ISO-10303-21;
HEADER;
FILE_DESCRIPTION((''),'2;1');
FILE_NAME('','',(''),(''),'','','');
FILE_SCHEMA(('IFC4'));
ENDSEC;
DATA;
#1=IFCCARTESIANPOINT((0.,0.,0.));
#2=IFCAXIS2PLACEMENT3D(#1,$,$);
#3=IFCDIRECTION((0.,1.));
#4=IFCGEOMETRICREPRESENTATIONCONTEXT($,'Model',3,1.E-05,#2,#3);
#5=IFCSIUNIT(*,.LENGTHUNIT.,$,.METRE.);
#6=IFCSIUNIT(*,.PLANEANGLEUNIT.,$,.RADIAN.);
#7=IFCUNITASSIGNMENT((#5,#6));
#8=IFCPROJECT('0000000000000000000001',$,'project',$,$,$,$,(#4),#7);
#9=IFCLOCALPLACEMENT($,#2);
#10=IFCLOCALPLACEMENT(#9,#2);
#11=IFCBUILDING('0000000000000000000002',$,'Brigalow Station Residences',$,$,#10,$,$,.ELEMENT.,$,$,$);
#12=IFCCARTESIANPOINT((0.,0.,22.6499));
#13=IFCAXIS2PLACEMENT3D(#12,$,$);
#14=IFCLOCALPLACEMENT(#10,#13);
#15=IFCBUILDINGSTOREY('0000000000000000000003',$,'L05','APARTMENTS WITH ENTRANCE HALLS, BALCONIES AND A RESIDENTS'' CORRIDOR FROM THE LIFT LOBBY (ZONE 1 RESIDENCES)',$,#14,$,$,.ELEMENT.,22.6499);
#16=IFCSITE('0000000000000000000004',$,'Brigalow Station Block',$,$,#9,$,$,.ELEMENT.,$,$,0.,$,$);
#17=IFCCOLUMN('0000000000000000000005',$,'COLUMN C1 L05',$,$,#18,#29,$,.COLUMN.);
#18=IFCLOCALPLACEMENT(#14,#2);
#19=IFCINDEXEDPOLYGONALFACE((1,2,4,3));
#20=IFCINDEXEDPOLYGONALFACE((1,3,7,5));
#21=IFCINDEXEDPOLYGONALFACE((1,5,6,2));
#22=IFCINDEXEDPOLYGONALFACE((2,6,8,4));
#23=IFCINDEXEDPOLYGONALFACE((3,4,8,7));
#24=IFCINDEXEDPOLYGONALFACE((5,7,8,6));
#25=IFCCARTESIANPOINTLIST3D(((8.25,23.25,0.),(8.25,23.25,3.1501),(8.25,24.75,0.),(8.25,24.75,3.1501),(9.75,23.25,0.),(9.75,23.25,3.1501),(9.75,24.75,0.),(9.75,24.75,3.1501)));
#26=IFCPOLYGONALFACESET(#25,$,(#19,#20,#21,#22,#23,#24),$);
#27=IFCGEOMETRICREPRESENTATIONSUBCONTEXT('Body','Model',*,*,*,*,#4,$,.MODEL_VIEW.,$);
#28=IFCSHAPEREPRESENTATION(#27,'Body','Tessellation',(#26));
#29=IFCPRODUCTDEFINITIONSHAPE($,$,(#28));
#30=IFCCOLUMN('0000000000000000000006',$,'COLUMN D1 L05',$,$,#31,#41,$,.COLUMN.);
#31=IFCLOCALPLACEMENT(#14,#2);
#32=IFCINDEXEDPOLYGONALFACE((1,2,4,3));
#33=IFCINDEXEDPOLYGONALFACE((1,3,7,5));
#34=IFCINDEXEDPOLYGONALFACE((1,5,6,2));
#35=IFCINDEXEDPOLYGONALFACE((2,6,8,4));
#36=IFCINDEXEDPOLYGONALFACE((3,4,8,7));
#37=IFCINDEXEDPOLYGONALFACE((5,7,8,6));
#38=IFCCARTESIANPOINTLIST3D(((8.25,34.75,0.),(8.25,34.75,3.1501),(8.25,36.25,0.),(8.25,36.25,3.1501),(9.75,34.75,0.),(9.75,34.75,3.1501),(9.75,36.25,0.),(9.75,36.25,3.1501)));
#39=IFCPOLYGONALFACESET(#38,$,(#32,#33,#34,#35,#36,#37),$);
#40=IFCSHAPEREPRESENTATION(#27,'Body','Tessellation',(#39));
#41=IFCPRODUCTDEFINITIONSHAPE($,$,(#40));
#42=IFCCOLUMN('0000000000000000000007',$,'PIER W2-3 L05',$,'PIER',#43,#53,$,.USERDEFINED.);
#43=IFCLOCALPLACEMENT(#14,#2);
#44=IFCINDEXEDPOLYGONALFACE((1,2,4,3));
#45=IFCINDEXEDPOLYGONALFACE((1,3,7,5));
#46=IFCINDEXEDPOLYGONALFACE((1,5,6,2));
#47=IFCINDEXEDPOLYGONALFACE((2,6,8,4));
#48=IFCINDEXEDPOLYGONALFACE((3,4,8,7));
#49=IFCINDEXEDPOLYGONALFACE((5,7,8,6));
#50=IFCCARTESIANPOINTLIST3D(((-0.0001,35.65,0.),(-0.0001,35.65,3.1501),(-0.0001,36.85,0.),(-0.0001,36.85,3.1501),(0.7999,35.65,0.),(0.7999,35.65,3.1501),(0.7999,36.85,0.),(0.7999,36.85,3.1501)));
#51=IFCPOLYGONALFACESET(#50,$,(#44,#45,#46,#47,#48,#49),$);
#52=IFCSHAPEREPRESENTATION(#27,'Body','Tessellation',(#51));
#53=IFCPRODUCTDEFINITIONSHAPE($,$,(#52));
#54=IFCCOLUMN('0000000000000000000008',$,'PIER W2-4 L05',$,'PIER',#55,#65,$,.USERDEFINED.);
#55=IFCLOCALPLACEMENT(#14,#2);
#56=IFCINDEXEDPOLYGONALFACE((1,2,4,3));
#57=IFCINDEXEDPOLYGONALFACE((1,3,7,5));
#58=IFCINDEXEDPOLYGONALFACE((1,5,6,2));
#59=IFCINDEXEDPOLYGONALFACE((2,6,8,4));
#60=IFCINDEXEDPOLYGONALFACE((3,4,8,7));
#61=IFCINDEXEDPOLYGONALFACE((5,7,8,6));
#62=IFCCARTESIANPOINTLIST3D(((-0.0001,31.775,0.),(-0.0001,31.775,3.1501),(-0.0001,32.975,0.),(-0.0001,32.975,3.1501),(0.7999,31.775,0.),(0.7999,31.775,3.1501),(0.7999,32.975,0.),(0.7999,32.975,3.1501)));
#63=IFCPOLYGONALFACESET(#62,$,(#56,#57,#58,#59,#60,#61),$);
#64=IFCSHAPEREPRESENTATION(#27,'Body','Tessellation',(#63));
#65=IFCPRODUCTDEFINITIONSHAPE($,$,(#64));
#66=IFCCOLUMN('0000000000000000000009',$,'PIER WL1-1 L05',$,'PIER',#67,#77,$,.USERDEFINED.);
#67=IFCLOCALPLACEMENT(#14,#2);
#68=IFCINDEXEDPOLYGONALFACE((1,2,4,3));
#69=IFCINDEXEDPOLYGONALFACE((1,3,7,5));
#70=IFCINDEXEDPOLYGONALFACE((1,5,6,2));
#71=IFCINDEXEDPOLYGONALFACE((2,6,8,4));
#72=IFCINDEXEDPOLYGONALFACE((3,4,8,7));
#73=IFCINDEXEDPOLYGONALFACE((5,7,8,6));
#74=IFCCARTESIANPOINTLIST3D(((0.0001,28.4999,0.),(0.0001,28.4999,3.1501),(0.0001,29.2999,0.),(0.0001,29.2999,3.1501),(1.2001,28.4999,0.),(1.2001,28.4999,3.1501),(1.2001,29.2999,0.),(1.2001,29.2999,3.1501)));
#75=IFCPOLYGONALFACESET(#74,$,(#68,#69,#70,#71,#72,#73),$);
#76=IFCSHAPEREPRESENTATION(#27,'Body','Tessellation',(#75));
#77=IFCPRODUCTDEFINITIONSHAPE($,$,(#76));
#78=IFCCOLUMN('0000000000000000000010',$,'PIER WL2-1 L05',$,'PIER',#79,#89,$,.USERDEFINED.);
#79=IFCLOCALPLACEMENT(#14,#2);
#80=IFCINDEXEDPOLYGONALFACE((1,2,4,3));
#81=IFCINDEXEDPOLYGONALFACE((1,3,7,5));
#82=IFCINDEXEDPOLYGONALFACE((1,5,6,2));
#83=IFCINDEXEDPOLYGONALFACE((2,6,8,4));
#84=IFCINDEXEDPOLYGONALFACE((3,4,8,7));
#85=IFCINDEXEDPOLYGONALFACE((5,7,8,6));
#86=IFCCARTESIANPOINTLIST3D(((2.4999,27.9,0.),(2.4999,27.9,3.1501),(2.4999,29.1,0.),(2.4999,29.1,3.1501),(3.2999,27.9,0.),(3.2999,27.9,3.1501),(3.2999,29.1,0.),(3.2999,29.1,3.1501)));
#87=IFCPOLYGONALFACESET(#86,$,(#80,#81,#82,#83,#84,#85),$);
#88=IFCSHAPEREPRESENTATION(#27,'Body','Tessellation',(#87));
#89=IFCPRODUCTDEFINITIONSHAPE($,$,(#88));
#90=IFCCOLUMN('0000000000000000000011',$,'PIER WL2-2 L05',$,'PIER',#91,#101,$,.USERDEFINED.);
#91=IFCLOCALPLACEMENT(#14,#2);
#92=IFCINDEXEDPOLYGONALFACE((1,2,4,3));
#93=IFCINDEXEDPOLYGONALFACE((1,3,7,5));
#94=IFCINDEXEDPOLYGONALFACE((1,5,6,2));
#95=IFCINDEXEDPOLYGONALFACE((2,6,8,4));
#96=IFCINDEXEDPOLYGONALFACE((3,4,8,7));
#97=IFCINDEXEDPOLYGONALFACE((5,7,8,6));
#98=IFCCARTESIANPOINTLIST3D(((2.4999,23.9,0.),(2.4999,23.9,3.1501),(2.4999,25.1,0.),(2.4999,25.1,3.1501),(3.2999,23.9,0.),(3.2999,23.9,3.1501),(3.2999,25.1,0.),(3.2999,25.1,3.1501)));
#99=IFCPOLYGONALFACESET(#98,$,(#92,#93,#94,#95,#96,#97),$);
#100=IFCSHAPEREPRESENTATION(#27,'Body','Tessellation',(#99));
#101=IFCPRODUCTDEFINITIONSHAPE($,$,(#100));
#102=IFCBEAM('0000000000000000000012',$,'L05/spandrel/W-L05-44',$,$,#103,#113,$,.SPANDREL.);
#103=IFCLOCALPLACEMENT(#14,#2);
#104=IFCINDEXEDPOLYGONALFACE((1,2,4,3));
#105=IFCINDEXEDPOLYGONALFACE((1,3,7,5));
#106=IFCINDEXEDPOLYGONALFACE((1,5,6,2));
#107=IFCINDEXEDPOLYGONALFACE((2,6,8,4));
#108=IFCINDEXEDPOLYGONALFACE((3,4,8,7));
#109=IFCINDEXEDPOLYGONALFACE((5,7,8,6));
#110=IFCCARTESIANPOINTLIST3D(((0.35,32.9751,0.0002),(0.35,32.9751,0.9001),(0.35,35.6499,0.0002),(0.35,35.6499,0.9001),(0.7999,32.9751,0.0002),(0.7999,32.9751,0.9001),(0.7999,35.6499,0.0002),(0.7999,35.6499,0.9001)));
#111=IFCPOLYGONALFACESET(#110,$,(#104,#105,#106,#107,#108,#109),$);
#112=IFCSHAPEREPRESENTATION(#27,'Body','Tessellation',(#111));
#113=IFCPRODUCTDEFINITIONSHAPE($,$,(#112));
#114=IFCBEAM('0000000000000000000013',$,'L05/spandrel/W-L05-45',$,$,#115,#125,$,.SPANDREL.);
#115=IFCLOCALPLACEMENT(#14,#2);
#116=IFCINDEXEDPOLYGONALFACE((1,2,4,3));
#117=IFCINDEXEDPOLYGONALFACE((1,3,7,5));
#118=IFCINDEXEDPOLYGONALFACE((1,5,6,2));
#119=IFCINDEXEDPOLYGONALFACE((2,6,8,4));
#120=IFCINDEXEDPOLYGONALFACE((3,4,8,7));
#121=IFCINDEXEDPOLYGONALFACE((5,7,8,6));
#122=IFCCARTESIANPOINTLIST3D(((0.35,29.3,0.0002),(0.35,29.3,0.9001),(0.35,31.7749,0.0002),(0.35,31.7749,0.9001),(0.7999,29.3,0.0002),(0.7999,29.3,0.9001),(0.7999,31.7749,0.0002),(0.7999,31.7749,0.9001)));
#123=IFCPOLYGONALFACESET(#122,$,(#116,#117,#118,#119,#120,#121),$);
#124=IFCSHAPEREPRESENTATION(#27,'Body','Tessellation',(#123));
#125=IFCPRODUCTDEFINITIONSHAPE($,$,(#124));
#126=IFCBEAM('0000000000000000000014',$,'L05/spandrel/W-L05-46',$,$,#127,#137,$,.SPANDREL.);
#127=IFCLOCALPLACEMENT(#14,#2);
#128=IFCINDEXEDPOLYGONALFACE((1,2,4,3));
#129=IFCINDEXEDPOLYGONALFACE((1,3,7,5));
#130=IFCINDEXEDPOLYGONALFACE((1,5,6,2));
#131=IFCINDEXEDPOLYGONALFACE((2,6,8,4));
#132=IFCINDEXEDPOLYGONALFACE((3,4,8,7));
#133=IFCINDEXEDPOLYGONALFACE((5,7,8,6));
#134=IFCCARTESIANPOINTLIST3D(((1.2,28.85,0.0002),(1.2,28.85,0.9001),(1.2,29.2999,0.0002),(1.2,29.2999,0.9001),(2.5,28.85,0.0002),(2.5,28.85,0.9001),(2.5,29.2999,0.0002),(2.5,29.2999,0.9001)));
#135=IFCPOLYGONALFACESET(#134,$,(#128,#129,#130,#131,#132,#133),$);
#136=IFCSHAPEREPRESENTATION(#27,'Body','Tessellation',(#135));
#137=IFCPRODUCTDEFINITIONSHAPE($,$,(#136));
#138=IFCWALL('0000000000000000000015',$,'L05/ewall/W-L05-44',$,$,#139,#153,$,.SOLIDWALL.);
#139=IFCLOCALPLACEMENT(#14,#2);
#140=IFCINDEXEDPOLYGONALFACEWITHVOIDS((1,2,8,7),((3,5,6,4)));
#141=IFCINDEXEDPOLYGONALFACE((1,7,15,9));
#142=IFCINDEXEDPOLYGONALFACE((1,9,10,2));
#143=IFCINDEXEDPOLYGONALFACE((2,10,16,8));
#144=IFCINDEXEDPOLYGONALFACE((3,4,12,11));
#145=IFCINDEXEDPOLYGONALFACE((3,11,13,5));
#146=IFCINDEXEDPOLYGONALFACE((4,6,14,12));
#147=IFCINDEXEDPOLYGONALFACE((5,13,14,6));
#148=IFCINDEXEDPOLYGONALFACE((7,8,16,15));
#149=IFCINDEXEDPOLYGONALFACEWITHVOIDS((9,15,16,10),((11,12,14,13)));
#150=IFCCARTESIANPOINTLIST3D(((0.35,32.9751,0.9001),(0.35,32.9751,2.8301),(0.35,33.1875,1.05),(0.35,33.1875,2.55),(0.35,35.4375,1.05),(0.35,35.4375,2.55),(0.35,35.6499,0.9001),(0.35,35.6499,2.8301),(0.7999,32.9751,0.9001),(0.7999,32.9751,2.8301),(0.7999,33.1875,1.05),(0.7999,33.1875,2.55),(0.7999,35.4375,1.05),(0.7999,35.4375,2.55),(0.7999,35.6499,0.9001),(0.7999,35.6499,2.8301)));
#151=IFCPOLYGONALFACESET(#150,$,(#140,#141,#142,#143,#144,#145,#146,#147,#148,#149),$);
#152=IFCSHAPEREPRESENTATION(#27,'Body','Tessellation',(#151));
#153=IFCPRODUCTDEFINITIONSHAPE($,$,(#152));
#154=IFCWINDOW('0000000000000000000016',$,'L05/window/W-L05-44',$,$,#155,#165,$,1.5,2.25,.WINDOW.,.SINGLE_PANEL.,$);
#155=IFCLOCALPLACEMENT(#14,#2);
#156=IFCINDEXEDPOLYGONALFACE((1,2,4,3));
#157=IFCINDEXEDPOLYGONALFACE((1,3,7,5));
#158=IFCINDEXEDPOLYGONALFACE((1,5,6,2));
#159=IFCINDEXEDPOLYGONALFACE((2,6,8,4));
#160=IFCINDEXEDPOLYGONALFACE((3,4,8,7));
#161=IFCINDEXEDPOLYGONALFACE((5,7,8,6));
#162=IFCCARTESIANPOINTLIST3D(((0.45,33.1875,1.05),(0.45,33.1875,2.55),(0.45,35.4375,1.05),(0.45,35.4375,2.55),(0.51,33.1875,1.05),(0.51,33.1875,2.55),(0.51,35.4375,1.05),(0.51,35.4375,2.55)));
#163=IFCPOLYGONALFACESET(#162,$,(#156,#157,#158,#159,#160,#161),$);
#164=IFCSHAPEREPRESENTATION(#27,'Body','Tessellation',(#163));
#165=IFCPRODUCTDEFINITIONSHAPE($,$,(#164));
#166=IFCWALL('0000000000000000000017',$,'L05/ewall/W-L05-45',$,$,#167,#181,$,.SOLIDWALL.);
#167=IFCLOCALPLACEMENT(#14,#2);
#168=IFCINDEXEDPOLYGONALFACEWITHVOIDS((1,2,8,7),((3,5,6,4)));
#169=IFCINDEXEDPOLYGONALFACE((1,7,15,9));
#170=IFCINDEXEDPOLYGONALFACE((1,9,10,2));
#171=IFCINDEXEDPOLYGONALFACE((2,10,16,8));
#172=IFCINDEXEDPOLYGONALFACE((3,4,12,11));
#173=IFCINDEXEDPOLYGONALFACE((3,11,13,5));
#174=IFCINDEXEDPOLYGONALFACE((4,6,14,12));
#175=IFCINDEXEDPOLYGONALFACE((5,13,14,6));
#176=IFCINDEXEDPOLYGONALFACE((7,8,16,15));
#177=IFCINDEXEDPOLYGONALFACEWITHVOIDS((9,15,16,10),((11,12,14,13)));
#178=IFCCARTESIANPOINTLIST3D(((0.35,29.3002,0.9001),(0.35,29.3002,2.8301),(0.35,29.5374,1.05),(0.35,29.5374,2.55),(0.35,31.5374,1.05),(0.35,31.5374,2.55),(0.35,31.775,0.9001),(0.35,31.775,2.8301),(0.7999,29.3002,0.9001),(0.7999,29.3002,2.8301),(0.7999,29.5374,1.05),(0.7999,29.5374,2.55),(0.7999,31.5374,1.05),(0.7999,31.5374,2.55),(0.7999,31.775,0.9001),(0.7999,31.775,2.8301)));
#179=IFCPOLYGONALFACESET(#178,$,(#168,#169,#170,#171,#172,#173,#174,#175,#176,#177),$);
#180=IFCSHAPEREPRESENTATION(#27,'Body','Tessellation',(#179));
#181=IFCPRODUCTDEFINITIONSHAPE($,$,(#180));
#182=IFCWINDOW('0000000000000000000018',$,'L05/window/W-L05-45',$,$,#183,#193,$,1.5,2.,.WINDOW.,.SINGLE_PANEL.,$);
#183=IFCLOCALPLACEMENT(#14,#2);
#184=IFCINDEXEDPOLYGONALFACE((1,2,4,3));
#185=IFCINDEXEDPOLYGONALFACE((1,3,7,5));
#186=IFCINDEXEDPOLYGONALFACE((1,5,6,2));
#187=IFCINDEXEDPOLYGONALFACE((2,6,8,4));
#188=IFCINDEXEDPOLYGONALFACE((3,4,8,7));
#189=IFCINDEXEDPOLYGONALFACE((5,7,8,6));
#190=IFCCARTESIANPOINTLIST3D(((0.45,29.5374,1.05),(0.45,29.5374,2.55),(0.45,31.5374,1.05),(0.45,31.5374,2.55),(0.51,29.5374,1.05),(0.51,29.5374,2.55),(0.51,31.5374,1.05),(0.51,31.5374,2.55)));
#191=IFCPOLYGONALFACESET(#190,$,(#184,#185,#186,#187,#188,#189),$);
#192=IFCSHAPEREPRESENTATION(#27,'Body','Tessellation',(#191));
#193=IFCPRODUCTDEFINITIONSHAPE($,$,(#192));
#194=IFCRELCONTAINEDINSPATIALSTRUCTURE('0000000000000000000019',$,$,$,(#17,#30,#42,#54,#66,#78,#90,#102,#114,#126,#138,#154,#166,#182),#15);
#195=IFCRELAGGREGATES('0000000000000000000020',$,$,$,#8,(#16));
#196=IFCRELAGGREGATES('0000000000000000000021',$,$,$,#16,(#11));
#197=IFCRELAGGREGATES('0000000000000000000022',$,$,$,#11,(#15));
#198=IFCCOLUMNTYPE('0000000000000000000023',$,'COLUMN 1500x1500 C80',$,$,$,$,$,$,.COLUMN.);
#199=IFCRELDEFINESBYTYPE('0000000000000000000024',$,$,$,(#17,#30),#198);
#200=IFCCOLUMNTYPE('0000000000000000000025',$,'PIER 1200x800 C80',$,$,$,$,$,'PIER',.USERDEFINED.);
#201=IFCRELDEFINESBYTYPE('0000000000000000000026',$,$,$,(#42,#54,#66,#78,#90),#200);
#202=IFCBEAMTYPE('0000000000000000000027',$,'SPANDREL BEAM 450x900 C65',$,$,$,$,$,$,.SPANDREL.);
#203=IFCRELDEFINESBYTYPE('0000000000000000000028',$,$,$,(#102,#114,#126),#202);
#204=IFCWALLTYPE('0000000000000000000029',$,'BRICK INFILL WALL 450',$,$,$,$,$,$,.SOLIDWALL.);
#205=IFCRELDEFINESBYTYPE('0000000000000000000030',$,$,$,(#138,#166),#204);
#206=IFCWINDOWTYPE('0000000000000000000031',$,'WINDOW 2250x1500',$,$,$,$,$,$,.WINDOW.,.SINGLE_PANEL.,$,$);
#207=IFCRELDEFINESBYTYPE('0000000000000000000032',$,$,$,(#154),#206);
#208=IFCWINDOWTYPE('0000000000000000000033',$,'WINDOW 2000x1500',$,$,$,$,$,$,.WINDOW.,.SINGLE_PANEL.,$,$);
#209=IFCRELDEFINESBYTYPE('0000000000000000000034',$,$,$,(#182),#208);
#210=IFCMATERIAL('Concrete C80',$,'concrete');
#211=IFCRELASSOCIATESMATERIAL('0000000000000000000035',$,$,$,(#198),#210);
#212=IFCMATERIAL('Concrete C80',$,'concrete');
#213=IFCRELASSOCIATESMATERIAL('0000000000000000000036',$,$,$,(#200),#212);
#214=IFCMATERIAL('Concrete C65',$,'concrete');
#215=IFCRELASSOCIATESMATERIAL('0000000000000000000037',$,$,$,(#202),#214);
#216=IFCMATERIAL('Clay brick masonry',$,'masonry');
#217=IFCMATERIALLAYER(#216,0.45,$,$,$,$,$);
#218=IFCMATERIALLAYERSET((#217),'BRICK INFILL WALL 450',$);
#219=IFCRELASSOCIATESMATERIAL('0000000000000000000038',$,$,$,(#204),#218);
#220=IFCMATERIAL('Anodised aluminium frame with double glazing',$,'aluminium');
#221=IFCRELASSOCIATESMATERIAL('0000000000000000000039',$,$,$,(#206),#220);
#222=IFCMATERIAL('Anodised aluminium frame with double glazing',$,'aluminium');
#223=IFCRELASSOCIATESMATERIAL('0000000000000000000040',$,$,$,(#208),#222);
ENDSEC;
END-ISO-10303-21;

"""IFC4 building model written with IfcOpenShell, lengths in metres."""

from ifc_helpers import new_model, si_unit, direction, frame, frame_2d, origin, origin_2d, place, context, subcontext, project, spatial, rectangle, extrude, material, layer, layer_set, material_profile, profile_set, type_object, element, fill, save


model = new_model("IFC4")

# Units and contexts
model_context = context("Model", 3, precision=1e-05, world=origin(), true_north=direction((0.0, 1.0)))
body_context = subcontext(model_context, "Body", "Model", "MODEL_VIEW")
ifc_project = project(units=[si_unit("LENGTHUNIT", "METRE"), si_unit("PLANEANGLEUNIT", "RADIAN")], contexts=[model_context])

# Site, building, storey
site_placement = place(None, origin())
site = spatial("IfcSite", under=ifc_project, at=site_placement, Name="Brigalow Station Block", CompositionType="ELEMENT", RefElevation=0.0)
building_placement = place(site_placement, origin())
building = spatial("IfcBuilding", under=site, at=building_placement, Name="Brigalow Station Residences", CompositionType="ELEMENT")
storey_placement = place(building_placement, frame((0.0, 0.0, 22.6499)))
storey = spatial("IfcBuildingStorey", under=building, at=storey_placement, Name="L05", Description="APARTMENTS WITH ENTRANCE HALLS, BALCONIES AND A RESIDENTS' CORRIDOR FROM THE LIFT LOBBY (ZONE 1 RESIDENCES)", CompositionType="ELEMENT", Elevation=22.6499)

# Columns
ifc_material_1 = material(Name="Concrete C80", Category="concrete")
ifc_material_profile_1 = material_profile(ifc_material_1, rectangle(XDim=1.5, YDim=1.5, at=origin_2d()), Name="RC1500x1500")
ifc_profile_set_1 = profile_set([ifc_material_profile_1], Name="Concrete C80")
column_type_1 = type_object("IfcColumnType", Name="COLUMN 1500x1500 C80", PredefinedType="COLUMN", material=ifc_profile_set_1)
for number, where, z_axis, x_axis, name in (
    (1, (9.0, 24.0, 0.0), (0.0, 0.0, 1.0), (1.0, 0.0, 0.0), "COLUMN C1 L05"),
    (2, (9.0, 35.5, 0.0), (0.0, 0.0, 1.0), (1.0, 0.0, 0.0), "COLUMN D1 L05"),
):
    element("IfcColumn", number, at=place(storey_placement, frame(where, z_axis=z_axis, x_axis=x_axis)), inside=storey, type_object=column_type_1, Name=name, PredefinedType="COLUMN", context=body_context, shape_type="SweptSolid", body=[
        extrude(rectangle(XDim=1.5, YDim=1.5, at=origin_2d()), origin(), (0.0, 0.0, 1.0), 3.1501),
    ])
ifc_material_2 = material(Name="Concrete C80", Category="concrete")
ifc_material_profile_2 = material_profile(ifc_material_2, rectangle(XDim=1.2, YDim=0.8, at=origin_2d()), Name="RC1200x800")
ifc_profile_set_2 = profile_set([ifc_material_profile_2], Name="Concrete C80")
column_type_2 = type_object("IfcColumnType", Name="PIER 1200x800 C80", ElementType="PIER", PredefinedType="USERDEFINED", material=ifc_profile_set_2)
for number, where, z_axis, x_axis, name in (
    (3, (0.3999, 36.25, 0.0), (0.0, 0.0, 1.0), (0.0, -1.0, 0.0), "PIER W2-3 L05"),
    (4, (0.3999, 32.375, 0.0), (0.0, 0.0, 1.0), (0.0, -1.0, 0.0), "PIER W2-4 L05"),
    (5, (0.6001, 28.8999, 0.0), (0.0, 0.0, 1.0), (1.0, 0.0, 0.0), "PIER WL1-1 L05"),
    (6, (2.8999, 28.5, 0.0), (0.0, 0.0, 1.0), (0.0, -1.0, 0.0), "PIER WL2-1 L05"),
    (7, (2.8999, 24.5, 0.0), (0.0, 0.0, 1.0), (0.0, -1.0, 0.0), "PIER WL2-2 L05"),
):
    element("IfcColumn", number, at=place(storey_placement, frame(where, z_axis=z_axis, x_axis=x_axis)), inside=storey, type_object=column_type_2, Name=name, ObjectType="PIER", PredefinedType="USERDEFINED", context=body_context, shape_type="SweptSolid", body=[
        extrude(rectangle(XDim=1.2, YDim=0.8, at=origin_2d()), origin(), (0.0, 0.0, 1.0), 3.1501),
    ])

# Beams
ifc_material_3 = material(Name="Concrete C65", Category="concrete")
ifc_material_profile_3 = material_profile(ifc_material_3, rectangle(XDim=0.45, YDim=0.8999, at=origin_2d()), Name="RC450x900")
ifc_profile_set_3 = profile_set([ifc_material_profile_3], Name="Concrete C65")
beam_type = type_object("IfcBeamType", Name="SPANDREL BEAM 450x900 C65", PredefinedType="SPANDREL", material=ifc_profile_set_3)
beam_1_placement = place(storey_placement, frame((0.575, 35.6499, 0.4502), z_axis=(0.0, -1.0, 0.0), x_axis=(1.0, 0.0, 0.0)))
element("IfcBeam", 8, at=beam_1_placement, inside=storey, type_object=beam_type, Name="L05/spandrel/W-L05-44", PredefinedType="SPANDREL", context=body_context, shape_type="SweptSolid", body=[
    extrude(rectangle(XDim=0.45, YDim=0.8999, at=origin_2d()), origin(), (0.0, 0.0, 1.0), 2.6748),
])
beam_2_placement = place(storey_placement, frame((0.575, 31.7749, 0.4502), z_axis=(0.0, -1.0, 0.0), x_axis=(1.0, 0.0, 0.0)))
element("IfcBeam", 9, at=beam_2_placement, inside=storey, type_object=beam_type, Name="L05/spandrel/W-L05-45", PredefinedType="SPANDREL", context=body_context, shape_type="SweptSolid", body=[
    extrude(rectangle(XDim=0.45, YDim=0.8999, at=origin_2d()), origin(), (0.0, 0.0, 1.0), 2.4749),
])
beam_3_placement = place(storey_placement, frame((1.2, 29.075, 0.4502), z_axis=(1.0, 0.0, 0.0), x_axis=(0.0, 1.0, 0.0)))
element("IfcBeam", 10, at=beam_3_placement, inside=storey, type_object=beam_type, Name="L05/spandrel/W-L05-46", PredefinedType="SPANDREL", context=body_context, shape_type="SweptSolid", body=[
    extrude(rectangle(XDim=0.45, YDim=0.8999, at=origin_2d()), origin(), (0.0, 0.0, 1.0), 1.3),
])

# Walls, openings, windows
ifc_material_4 = material(Name="Clay brick masonry", Category="masonry")
ifc_layer_1 = layer(ifc_material_4, 0.45)
ifc_layer_set_1 = layer_set([ifc_layer_1], Name="BRICK INFILL WALL 450")
wall_type_1 = type_object("IfcWallType", Name="BRICK INFILL WALL 450", PredefinedType="SOLIDWALL", material=ifc_layer_set_1)
wall_1_placement = place(storey_placement, frame((0.575, 35.6499, 0.9001), z_axis=(0.0, 0.0, 1.0), x_axis=(0.0, -1.0, 0.0)))
wall_1 = element("IfcWall", 11, at=wall_1_placement, inside=storey, type_object=wall_type_1, Name="L05/ewall/W-L05-44", PredefinedType="SOLIDWALL", context=body_context, shape_type="SweptSolid", body=[
    extrude(rectangle(XDim=2.6748, YDim=0.45, at=frame_2d((1.3374, 0.0))), origin(), (0.0, 0.0, 1.0), 1.9299),
])
opening_1_placement = place(wall_1_placement, frame((0.2124, 0.0, 0.1499)))
opening_1 = element("IfcOpeningElement", 12, at=opening_1_placement, cuts=wall_1, PredefinedType="OPENING", context=body_context, shape_type="SweptSolid", body=[
    extrude(rectangle(XDim=2.25, YDim=1.5, at=frame_2d((1.125, 0.75))), frame((0.0, 0.2349, 0.0), z_axis=(0.0, -1.0, 0.0), x_axis=(1.0, 0.0, 0.0)), (0.0, 0.0, 1.0), 0.47),
])
ifc_material_5 = material(Name="Anodised aluminium frame with double glazing", Category="aluminium")
window_type_1 = type_object("IfcWindowType", Name="WINDOW 2250x1500", PartitioningType="SINGLE_PANEL", PredefinedType="WINDOW", material=ifc_material_5)
window_1_placement = place(opening_1_placement, origin())
window_1 = element("IfcWindow", 13, at=window_1_placement, inside=storey, type_object=window_type_1, Name="L05/window/W-L05-44", OverallHeight=1.5, OverallWidth=2.25, PartitioningType="SINGLE_PANEL", PredefinedType="WINDOW", context=body_context, shape_type="SweptSolid", body=[
    extrude(rectangle(XDim=2.25, YDim=1.5, at=frame_2d((1.125, 0.75))), frame((0.0, -0.0649, 0.0), z_axis=(0.0, -1.0, 0.0), x_axis=(1.0, 0.0, 0.0)), (0.0, 0.0, 1.0), 0.0601),
])
fill(opening_1, window_1)
wall_2_placement = place(storey_placement, frame((0.575, 31.7749, 0.9001), z_axis=(0.0, 0.0, 1.0), x_axis=(0.0, -1.0, 0.0)))
wall_2 = element("IfcWall", 14, at=wall_2_placement, inside=storey, type_object=wall_type_1, Name="L05/ewall/W-L05-45", PredefinedType="SOLIDWALL", context=body_context, shape_type="SweptSolid", body=[
    extrude(rectangle(XDim=2.4749, YDim=0.45, at=frame_2d((1.2373, 0.0))), origin(), (0.0, 0.0, 1.0), 1.9299),
])
opening_2_placement = place(wall_2_placement, frame((0.2375, 0.0, 0.1499)))
opening_2 = element("IfcOpeningElement", 15, at=opening_2_placement, cuts=wall_2, PredefinedType="OPENING", context=body_context, shape_type="SweptSolid", body=[
    extrude(rectangle(XDim=2.0, YDim=1.5, at=frame_2d((1.0, 0.75))), frame((0.0, 0.2349, 0.0), z_axis=(0.0, -1.0, 0.0), x_axis=(1.0, 0.0, 0.0)), (0.0, 0.0, 1.0), 0.47),
])
ifc_material_6 = material(Name="Anodised aluminium frame with double glazing", Category="aluminium")
window_type_2 = type_object("IfcWindowType", Name="WINDOW 2000x1500", PartitioningType="SINGLE_PANEL", PredefinedType="WINDOW", material=ifc_material_6)
window_2_placement = place(opening_2_placement, origin())
window_2 = element("IfcWindow", 16, at=window_2_placement, inside=storey, type_object=window_type_2, Name="L05/window/W-L05-45", OverallHeight=1.5, OverallWidth=2.0, PartitioningType="SINGLE_PANEL", PredefinedType="WINDOW", context=body_context, shape_type="SweptSolid", body=[
    extrude(rectangle(XDim=2.0, YDim=1.5, at=frame_2d((1.0, 0.75))), frame((0.0, -0.0649, 0.0), z_axis=(0.0, -1.0, 0.0), x_axis=(1.0, 0.0, 0.0)), (0.0, 0.0, 1.0), 0.0601),
])
fill(opening_2, window_2)

save(model, "model.ifc")
